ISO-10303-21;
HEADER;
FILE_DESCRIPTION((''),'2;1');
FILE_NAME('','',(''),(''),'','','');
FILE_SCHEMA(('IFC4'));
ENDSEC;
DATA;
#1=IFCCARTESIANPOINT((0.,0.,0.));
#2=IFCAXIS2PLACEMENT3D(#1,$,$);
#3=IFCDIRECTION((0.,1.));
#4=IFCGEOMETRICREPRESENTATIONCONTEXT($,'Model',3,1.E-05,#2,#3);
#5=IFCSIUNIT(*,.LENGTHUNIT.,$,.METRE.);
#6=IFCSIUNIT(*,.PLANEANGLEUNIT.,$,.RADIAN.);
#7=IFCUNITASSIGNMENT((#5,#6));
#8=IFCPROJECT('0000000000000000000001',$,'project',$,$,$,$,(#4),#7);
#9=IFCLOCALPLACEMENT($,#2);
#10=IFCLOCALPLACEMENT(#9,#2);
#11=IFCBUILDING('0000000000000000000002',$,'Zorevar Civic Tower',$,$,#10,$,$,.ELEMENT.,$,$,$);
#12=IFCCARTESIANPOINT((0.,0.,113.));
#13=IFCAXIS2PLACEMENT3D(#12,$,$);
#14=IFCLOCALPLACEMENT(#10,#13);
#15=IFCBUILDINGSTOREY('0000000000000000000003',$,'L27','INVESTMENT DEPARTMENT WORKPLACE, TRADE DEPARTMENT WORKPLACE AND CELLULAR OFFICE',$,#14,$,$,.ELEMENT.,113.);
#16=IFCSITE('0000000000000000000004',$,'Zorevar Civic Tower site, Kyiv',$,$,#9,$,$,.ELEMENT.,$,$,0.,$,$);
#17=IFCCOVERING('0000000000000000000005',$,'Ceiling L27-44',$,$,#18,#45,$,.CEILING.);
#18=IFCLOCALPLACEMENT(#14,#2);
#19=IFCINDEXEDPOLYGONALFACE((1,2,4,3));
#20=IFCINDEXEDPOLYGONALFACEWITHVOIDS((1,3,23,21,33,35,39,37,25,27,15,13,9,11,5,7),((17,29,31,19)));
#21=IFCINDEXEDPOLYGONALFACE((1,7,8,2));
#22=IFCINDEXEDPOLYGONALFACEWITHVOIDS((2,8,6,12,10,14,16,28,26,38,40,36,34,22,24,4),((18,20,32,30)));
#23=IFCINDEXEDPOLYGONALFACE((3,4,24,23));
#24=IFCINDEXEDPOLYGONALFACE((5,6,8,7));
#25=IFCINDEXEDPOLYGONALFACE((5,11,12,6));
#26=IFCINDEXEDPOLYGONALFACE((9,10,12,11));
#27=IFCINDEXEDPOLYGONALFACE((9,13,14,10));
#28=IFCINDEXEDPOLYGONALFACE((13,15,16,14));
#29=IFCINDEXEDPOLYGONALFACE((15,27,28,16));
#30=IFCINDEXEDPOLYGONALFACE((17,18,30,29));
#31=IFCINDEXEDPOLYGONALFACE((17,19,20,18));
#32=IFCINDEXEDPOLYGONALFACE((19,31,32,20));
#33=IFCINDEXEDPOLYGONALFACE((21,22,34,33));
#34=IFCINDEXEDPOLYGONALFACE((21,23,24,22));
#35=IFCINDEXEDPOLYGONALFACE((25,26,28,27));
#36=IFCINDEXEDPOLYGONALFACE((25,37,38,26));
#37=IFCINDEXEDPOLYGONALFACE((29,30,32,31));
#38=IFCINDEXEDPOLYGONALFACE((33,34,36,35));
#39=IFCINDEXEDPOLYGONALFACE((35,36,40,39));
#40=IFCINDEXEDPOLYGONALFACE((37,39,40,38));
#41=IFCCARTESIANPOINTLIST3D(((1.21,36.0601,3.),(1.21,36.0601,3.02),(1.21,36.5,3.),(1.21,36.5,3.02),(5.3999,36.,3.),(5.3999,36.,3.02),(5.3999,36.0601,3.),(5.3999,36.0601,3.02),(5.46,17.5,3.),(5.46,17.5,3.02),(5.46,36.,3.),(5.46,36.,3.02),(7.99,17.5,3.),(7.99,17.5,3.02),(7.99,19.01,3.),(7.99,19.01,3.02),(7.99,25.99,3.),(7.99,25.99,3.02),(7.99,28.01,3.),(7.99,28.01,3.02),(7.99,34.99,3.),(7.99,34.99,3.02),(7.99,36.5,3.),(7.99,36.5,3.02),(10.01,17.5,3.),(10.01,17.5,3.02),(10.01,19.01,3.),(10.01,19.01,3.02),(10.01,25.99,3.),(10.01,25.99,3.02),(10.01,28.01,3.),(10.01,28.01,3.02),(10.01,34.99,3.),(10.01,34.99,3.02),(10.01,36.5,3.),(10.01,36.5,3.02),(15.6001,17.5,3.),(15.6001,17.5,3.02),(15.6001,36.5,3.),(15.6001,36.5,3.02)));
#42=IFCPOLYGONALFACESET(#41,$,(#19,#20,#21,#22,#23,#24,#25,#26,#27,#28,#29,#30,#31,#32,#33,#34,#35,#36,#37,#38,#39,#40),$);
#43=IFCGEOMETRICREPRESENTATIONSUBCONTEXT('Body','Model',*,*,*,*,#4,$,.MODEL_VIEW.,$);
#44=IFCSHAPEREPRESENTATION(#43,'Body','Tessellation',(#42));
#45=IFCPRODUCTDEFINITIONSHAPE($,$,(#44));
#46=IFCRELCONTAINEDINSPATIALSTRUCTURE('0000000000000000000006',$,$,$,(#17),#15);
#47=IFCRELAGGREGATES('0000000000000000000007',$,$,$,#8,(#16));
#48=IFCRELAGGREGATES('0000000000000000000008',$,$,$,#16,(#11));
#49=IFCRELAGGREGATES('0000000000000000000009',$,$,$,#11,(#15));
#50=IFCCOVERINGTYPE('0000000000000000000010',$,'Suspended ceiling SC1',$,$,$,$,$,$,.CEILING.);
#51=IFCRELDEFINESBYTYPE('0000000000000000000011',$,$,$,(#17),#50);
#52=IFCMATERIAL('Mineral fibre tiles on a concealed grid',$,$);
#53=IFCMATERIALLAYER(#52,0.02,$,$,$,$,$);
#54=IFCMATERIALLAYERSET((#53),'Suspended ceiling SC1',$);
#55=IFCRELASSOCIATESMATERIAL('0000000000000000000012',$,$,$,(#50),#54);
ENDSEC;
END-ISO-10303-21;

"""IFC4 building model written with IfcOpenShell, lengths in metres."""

from ifc_helpers import new_model, si_unit, direction, frame, origin, place, context, subcontext, project, spatial, polyline, outline, extrude, material, layer, layer_set, type_object, element, save


model = new_model("IFC4")

# Units and contexts
model_context = context("Model", 3, precision=1e-05, world=origin(), true_north=direction((0.0, 1.0)))
body_context = subcontext(model_context, "Body", "Model", "MODEL_VIEW")
ifc_project = project(units=[si_unit("LENGTHUNIT", "METRE"), si_unit("PLANEANGLEUNIT", "RADIAN")], contexts=[model_context])

# Site, building, storey
site_placement = place(None, origin())
site = spatial("IfcSite", under=ifc_project, at=site_placement, Name="Zorevar Civic Tower site, Kyiv", CompositionType="ELEMENT", RefElevation=0.0)
building_placement = place(site_placement, origin())
building = spatial("IfcBuilding", under=site, at=building_placement, Name="Zorevar Civic Tower", CompositionType="ELEMENT")
storey_placement = place(building_placement, frame((0.0, 0.0, 113.0)))
storey = spatial("IfcBuildingStorey", under=building, at=storey_placement, Name="L27", Description="INVESTMENT DEPARTMENT WORKPLACE, TRADE DEPARTMENT WORKPLACE AND CELLULAR OFFICE", CompositionType="ELEMENT", Elevation=113.0)

# Covering
ifc_material_1 = material(Name="Mineral fibre tiles on a concealed grid")
ifc_layer_1 = layer(ifc_material_1, 0.02)
ifc_layer_set_1 = layer_set([ifc_layer_1], Name="Suspended ceiling SC1")
covering_type_1 = type_object("IfcCoveringType", Name="Suspended ceiling SC1", PredefinedType="CEILING", material=ifc_layer_set_1)
covering_1_placement = place(storey_placement, frame((0.0, 0.0, 3.0)))
element("IfcCovering", 1, at=covering_1_placement, inside=storey, type_object=covering_type_1, Name="Ceiling L27-44", PredefinedType="CEILING", context=body_context, shape_type="SweptSolid", body=[
    extrude(outline(polyline([(5.3999, 36.0), (5.3999, 36.0601), (1.21, 36.0601), (1.21, 36.5), (7.99, 36.5), (7.99, 34.99), (10.01, 34.99), (10.01, 36.5), (15.6001, 36.5), (15.6001, 17.5), (10.01, 17.5), (10.01, 19.01), (7.99, 19.01), (7.99, 17.5), (5.46, 17.5), (5.46, 36.0), (5.3999, 36.0)]), holes=[polyline([(7.99, 28.01), (7.99, 25.99), (10.01, 25.99), (10.01, 28.01), (7.99, 28.01)])]), origin(), (0.0, 0.0, 1.0), 0.02),
])

save(model, "model.ifc")
